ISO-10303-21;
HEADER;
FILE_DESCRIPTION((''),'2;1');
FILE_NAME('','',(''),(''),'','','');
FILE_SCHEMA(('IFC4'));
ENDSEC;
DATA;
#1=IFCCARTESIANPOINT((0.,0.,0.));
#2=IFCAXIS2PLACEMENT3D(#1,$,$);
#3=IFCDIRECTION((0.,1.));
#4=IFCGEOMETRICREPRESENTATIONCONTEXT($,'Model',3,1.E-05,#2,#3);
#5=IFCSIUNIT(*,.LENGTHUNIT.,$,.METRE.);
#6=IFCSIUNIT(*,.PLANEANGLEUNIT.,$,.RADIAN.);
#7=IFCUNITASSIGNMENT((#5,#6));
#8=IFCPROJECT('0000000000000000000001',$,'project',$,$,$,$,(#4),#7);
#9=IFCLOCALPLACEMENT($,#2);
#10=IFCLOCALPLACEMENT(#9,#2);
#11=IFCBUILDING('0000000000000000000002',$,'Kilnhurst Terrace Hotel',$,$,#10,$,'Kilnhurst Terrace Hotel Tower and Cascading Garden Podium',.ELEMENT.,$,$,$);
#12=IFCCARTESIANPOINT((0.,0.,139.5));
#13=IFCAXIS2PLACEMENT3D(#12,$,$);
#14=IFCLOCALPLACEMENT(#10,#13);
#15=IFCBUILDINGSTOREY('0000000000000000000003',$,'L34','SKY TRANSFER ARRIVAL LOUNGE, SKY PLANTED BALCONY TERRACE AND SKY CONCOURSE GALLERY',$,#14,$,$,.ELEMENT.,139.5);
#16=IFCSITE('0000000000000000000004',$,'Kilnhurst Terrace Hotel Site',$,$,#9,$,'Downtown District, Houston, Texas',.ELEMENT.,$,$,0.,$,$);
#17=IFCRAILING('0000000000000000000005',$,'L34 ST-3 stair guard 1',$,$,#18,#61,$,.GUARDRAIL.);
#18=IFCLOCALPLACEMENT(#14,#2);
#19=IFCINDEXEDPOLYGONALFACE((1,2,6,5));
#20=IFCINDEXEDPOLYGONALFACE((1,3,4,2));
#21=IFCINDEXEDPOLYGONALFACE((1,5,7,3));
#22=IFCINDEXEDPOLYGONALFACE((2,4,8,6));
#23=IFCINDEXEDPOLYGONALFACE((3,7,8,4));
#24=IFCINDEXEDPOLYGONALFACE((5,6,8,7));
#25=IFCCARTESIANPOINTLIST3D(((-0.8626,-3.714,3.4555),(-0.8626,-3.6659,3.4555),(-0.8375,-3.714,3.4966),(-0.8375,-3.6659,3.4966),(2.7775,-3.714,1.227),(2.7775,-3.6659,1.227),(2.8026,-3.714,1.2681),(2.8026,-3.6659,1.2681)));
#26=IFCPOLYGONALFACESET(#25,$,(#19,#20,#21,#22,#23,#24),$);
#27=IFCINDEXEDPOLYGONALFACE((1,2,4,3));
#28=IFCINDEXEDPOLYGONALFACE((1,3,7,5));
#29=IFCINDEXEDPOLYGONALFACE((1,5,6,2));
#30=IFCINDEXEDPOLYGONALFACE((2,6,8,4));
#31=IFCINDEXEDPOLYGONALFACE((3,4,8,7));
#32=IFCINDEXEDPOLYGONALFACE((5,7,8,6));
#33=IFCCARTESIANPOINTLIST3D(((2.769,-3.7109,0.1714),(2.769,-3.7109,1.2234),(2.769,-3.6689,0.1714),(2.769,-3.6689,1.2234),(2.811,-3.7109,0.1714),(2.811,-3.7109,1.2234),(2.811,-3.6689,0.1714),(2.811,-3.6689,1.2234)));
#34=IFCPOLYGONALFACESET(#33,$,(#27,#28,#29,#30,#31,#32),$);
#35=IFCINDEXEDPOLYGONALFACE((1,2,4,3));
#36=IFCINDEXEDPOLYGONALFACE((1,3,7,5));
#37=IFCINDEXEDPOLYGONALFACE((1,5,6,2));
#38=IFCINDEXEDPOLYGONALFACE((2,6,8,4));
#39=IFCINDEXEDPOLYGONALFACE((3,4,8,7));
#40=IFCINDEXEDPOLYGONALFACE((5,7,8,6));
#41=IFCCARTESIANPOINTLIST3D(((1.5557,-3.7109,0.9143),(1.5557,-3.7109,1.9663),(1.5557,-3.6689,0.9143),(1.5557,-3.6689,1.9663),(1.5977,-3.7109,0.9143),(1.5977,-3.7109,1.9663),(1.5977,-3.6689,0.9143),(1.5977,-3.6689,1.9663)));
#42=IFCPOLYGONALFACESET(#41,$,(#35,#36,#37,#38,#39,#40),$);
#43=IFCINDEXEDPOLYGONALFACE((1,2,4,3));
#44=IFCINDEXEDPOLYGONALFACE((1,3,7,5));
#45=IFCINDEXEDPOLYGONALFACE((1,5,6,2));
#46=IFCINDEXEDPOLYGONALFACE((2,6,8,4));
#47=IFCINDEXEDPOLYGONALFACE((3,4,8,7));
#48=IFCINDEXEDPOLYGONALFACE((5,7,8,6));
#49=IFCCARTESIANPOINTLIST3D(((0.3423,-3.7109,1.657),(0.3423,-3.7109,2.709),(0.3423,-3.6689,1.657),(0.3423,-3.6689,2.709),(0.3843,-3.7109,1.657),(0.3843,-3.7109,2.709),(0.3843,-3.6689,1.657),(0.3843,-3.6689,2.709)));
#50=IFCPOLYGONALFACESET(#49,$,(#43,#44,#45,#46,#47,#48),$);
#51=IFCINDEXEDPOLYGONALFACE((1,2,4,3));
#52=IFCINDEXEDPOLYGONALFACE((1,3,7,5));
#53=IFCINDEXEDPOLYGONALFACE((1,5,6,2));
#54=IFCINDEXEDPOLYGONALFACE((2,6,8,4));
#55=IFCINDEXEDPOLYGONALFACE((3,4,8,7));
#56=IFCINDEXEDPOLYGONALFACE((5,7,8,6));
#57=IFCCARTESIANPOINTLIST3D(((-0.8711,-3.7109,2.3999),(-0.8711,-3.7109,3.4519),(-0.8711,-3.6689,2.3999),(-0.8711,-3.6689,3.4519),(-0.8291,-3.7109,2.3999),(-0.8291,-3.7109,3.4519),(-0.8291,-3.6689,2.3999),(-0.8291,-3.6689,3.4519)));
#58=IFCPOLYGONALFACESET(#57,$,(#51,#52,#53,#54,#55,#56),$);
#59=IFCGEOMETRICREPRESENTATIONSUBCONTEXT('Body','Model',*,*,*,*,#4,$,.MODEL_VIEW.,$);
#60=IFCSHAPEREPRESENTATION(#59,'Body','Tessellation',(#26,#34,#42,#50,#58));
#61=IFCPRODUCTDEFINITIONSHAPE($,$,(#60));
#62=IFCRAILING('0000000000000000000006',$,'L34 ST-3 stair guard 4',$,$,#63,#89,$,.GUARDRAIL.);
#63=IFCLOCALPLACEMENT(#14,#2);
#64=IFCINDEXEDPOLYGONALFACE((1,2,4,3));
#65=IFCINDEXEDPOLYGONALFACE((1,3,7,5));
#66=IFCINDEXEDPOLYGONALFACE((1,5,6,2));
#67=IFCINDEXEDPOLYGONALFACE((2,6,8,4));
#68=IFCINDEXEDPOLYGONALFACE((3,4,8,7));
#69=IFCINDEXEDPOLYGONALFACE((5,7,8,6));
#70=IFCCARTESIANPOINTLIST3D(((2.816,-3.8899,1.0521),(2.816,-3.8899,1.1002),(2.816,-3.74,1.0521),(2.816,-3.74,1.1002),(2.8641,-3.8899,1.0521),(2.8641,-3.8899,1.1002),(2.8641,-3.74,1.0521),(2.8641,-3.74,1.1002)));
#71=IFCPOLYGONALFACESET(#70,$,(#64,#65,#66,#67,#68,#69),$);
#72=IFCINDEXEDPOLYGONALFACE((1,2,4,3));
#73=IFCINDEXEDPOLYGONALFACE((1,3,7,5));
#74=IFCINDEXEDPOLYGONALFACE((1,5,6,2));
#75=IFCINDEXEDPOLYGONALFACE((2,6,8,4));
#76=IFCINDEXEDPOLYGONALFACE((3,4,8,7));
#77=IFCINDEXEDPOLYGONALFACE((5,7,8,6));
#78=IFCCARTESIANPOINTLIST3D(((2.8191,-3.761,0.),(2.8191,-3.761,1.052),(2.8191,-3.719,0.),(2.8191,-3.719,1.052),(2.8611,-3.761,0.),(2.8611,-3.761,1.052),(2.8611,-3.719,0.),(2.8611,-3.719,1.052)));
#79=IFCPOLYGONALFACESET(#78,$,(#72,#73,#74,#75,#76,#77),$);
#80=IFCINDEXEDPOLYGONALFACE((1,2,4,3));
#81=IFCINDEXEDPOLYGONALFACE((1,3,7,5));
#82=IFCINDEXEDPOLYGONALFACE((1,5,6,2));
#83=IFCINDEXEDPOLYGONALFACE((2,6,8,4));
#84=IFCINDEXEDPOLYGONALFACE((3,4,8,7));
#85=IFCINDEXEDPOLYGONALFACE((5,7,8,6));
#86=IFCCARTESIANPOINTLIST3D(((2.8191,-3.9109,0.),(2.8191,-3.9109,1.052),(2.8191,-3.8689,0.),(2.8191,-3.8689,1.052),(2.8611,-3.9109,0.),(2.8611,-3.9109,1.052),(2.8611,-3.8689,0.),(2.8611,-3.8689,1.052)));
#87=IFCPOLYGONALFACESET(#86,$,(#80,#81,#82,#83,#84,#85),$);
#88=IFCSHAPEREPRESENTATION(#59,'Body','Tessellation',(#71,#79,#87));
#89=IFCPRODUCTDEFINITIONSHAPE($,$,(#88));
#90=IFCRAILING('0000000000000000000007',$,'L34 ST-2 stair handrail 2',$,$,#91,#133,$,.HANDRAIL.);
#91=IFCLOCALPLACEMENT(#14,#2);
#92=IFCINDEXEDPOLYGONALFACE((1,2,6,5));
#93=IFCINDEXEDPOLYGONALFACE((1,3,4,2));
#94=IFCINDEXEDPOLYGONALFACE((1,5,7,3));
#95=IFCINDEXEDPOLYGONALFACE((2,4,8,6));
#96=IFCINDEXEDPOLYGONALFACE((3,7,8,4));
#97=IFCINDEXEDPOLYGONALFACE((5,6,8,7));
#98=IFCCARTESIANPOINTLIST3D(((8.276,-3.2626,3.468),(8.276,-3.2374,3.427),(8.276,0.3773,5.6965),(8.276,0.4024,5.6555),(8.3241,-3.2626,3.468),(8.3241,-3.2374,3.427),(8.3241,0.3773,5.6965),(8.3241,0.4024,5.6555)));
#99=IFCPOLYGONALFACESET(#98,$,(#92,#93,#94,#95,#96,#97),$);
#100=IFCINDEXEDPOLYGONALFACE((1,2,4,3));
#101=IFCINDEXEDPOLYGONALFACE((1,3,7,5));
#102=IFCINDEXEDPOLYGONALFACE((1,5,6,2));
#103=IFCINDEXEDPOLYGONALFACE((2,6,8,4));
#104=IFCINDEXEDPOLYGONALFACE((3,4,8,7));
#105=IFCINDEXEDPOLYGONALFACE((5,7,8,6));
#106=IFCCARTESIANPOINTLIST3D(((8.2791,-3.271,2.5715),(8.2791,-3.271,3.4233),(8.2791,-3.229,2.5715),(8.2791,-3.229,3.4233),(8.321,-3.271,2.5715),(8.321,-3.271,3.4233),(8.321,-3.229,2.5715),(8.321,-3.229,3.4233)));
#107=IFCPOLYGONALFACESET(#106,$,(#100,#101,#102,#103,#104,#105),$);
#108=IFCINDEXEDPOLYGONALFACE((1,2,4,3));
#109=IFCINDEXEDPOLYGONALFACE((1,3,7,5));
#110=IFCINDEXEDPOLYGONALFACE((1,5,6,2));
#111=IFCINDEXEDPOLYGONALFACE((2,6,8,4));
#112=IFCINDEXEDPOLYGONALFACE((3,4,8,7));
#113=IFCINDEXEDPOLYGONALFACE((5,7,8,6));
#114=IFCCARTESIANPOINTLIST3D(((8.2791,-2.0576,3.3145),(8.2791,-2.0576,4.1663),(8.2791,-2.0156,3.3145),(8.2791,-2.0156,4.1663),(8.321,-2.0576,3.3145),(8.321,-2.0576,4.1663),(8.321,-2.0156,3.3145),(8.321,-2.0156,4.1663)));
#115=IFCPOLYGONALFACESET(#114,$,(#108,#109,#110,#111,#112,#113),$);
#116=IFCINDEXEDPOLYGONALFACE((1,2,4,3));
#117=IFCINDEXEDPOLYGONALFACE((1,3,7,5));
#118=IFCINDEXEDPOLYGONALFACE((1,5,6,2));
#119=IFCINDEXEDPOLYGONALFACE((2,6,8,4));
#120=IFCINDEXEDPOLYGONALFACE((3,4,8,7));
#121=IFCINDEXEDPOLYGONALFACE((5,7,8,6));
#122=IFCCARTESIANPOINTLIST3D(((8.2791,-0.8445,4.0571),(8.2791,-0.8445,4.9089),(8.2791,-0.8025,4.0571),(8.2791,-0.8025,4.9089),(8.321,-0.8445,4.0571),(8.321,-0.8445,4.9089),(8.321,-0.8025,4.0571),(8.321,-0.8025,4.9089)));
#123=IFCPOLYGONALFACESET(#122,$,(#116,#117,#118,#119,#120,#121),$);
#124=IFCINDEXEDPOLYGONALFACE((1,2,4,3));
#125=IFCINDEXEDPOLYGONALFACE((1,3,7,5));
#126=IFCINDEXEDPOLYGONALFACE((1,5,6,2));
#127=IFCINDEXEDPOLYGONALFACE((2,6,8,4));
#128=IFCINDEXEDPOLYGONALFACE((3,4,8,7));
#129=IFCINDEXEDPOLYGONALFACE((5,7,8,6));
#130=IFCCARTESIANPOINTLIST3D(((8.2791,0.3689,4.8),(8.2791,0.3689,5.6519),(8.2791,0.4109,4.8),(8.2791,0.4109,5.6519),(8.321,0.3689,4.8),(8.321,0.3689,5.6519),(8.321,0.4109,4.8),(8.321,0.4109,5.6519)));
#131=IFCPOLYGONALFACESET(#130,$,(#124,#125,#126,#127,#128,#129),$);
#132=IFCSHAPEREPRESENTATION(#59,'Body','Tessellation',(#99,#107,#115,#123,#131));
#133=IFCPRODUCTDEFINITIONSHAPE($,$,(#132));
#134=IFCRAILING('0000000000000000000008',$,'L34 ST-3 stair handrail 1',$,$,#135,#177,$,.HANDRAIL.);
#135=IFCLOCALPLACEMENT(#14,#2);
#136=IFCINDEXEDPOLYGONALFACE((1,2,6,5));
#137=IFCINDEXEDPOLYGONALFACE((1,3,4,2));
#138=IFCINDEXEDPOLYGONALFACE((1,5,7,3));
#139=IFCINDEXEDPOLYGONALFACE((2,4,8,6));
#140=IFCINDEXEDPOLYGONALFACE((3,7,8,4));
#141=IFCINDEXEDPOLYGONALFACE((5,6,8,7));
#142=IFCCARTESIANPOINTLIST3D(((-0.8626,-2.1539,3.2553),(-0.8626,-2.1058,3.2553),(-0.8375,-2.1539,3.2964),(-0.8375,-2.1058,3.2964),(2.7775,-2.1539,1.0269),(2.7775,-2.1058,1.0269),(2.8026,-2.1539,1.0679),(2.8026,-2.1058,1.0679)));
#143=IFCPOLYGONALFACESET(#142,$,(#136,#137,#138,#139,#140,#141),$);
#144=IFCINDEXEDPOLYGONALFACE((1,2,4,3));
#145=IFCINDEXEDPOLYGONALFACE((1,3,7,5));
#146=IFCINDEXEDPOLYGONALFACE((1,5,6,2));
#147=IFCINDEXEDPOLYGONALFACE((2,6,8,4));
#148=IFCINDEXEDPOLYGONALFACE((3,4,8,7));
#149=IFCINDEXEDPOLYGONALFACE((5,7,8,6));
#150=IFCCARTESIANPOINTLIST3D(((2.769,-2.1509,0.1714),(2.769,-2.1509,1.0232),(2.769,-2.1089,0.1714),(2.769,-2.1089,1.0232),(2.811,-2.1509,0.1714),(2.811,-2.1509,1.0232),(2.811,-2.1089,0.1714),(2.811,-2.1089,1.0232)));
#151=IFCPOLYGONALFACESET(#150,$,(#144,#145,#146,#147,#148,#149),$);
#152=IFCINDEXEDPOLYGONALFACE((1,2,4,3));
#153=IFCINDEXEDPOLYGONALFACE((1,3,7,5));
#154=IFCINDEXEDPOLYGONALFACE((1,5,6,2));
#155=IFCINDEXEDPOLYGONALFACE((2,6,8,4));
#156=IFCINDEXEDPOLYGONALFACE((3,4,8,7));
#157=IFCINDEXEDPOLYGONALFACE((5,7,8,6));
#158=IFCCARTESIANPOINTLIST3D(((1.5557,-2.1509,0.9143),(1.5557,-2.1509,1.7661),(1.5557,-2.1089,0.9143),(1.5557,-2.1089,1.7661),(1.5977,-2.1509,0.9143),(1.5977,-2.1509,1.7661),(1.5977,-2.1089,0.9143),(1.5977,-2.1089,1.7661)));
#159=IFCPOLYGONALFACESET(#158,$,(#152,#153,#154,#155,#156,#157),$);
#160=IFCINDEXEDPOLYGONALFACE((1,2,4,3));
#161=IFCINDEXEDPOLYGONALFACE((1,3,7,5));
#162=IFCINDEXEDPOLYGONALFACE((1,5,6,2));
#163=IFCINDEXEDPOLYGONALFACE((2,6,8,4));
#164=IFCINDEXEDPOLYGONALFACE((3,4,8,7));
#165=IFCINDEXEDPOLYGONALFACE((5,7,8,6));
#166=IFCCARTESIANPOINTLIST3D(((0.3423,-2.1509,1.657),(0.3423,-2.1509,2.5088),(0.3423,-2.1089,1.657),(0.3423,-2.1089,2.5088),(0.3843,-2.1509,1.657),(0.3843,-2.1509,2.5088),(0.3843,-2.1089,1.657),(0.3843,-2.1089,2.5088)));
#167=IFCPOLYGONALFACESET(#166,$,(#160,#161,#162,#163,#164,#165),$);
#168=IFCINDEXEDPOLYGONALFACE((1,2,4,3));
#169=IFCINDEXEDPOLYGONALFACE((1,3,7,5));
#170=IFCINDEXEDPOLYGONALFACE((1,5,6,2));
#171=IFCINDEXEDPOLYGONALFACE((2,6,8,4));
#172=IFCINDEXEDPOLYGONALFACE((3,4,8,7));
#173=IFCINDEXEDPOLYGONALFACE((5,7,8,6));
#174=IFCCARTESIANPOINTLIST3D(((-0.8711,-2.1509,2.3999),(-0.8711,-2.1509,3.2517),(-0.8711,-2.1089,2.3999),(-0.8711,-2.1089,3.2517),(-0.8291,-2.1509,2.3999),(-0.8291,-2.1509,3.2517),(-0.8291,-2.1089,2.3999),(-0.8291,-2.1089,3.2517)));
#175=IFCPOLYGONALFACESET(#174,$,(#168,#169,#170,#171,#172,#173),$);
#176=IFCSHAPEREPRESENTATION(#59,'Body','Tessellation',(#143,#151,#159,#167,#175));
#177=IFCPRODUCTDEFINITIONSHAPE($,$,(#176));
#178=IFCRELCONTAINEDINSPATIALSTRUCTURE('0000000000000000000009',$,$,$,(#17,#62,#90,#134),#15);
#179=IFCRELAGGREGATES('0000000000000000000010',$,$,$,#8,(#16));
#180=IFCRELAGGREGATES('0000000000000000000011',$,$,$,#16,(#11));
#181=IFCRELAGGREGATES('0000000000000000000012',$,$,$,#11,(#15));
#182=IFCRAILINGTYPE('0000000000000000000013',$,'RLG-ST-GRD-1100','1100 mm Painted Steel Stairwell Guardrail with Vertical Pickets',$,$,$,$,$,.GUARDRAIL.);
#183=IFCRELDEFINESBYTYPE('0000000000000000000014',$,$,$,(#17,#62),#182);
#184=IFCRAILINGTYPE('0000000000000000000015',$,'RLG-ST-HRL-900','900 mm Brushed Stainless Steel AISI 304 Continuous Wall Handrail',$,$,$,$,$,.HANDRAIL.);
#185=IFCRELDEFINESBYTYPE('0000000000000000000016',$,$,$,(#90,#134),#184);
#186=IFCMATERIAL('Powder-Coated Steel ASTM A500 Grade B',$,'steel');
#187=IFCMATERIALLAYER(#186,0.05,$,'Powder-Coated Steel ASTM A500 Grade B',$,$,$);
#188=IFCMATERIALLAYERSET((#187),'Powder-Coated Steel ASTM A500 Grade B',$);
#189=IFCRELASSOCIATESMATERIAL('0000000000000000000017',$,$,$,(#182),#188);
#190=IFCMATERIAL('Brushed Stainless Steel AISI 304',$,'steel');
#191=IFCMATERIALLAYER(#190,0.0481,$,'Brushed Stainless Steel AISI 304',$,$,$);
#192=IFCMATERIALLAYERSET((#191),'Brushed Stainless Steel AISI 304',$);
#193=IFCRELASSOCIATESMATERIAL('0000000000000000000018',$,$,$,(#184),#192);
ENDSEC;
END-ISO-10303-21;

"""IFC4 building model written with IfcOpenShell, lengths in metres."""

from ifc_helpers import new_model, si_unit, direction, frame, origin, origin_2d, place, context, subcontext, project, spatial, rectangle, extrude, material, layer, layer_set, type_object, element, save


model = new_model("IFC4")

# Units and contexts
model_context = context("Model", 3, precision=1e-05, world=origin(), true_north=direction((0.0, 1.0)))
body_context = subcontext(model_context, "Body", "Model", "MODEL_VIEW")
ifc_project = project(units=[si_unit("LENGTHUNIT", "METRE"), si_unit("PLANEANGLEUNIT", "RADIAN")], contexts=[model_context])

# Site, building, storey
site_placement = place(None, origin())
site = spatial("IfcSite", under=ifc_project, at=site_placement, Name="Kilnhurst Terrace Hotel Site", LongName="Downtown District, Houston, Texas", CompositionType="ELEMENT", RefElevation=0.0)
building_placement = place(site_placement, origin())
building = spatial("IfcBuilding", under=site, at=building_placement, Name="Kilnhurst Terrace Hotel", LongName="Kilnhurst Terrace Hotel Tower and Cascading Garden Podium", CompositionType="ELEMENT")
storey_placement = place(building_placement, frame((0.0, 0.0, 139.5)))
storey = spatial("IfcBuildingStorey", under=building, at=storey_placement, Name="L34", Description="SKY TRANSFER ARRIVAL LOUNGE, SKY PLANTED BALCONY TERRACE AND SKY CONCOURSE GALLERY", CompositionType="ELEMENT", Elevation=139.5)

# Railings
ifc_material_1 = material(Name="Powder-Coated Steel ASTM A500 Grade B", Category="steel")
ifc_layer_1 = layer(ifc_material_1, 0.05, Name="Powder-Coated Steel ASTM A500 Grade B")
ifc_layer_set_1 = layer_set([ifc_layer_1], Name="Powder-Coated Steel ASTM A500 Grade B")
railing_type_1 = type_object("IfcRailingType", Name="RLG-ST-GRD-1100", Description="1100 mm Painted Steel Stairwell Guardrail with Vertical Pickets", PredefinedType="GUARDRAIL", material=ifc_layer_set_1)
railing_1_placement = place(storey_placement, frame((2.79, -3.6899, 0.1714)))
element("IfcRailing", 1, at=railing_1_placement, inside=storey, type_object=railing_type_1, Name="L34 ST-3 stair guard 1", PredefinedType="GUARDRAIL", context=body_context, shape_type="SweptSolid", body=[
    extrude(rectangle(XDim=0.0481, YDim=0.0481, at=origin_2d()), frame((0.0, 0.0, 1.0762), z_axis=(-0.852866, 0.0, 0.52213), x_axis=(0.0, -1.0, 0.0)), (0.0, 0.0, 1.0), 4.2681),
    extrude(rectangle(XDim=0.042, YDim=0.042, at=origin_2d()), origin(), (0.0, 0.0, 1.0), 1.052),
    extrude(rectangle(XDim=0.042, YDim=0.042, at=origin_2d()), frame((-1.2134, 0.0, 0.7429)), (0.0, 0.0, 1.0), 1.052),
    extrude(rectangle(XDim=0.042, YDim=0.042, at=origin_2d()), frame((-2.4268, 0.0, 1.4856)), (0.0, 0.0, 1.0), 1.052),
    extrude(rectangle(XDim=0.042, YDim=0.042, at=origin_2d()), frame((-3.6401, 0.0, 2.2285)), (0.0, 0.0, 1.0), 1.052),
])
railing_2_placement = place(storey_placement, frame((2.8401, -3.74, 0.0)))
element("IfcRailing", 2, at=railing_2_placement, inside=storey, type_object=railing_type_1, Name="L34 ST-3 stair guard 4", PredefinedType="GUARDRAIL", context=body_context, shape_type="SweptSolid", body=[
    extrude(rectangle(XDim=0.0481, YDim=0.0481, at=origin_2d()), frame((0.0, 0.0, 1.0762), z_axis=(0.0, -1.0, 0.0), x_axis=(1.0, 0.0, 0.0)), (0.0, 0.0, 1.0), 0.1499),
    extrude(rectangle(XDim=0.042, YDim=0.042, at=origin_2d()), origin(), (0.0, 0.0, 1.0), 1.052),
    extrude(rectangle(XDim=0.042, YDim=0.042, at=origin_2d()), frame((0.0, -0.1499, 0.0)), (0.0, 0.0, 1.0), 1.052),
])
ifc_material_2 = material(Name="Brushed Stainless Steel AISI 304", Category="steel")
ifc_layer_2 = layer(ifc_material_2, 0.0481, Name="Brushed Stainless Steel AISI 304")
ifc_layer_set_2 = layer_set([ifc_layer_2], Name="Brushed Stainless Steel AISI 304")
railing_type_2 = type_object("IfcRailingType", Name="RLG-ST-HRL-900", Description="900 mm Brushed Stainless Steel AISI 304 Continuous Wall Handrail", PredefinedType="HANDRAIL", material=ifc_layer_set_2)
railing_3_placement = place(storey_placement, frame((8.3, -3.25, 2.5715)))
element("IfcRailing", 3, at=railing_3_placement, inside=storey, type_object=railing_type_2, Name="L34 ST-2 stair handrail 2", PredefinedType="HANDRAIL", context=body_context, shape_type="SweptSolid", body=[
    extrude(rectangle(XDim=0.0481, YDim=0.0481, at=origin_2d()), frame((0.0, 0.0, 0.876), z_axis=(0.0, 0.85285, 0.522156), x_axis=(-1.0, 0.0, 0.0)), (0.0, 0.0, 1.0), 4.2678),
    extrude(rectangle(XDim=0.042, YDim=0.042, at=origin_2d()), origin(), (0.0, 0.0, 1.0), 0.8518),
    extrude(rectangle(XDim=0.042, YDim=0.042, at=origin_2d()), frame((0.0, 1.2134, 0.7429)), (0.0, 0.0, 1.0), 0.8518),
    extrude(rectangle(XDim=0.042, YDim=0.042, at=origin_2d()), frame((0.0, 2.4265, 1.4856)), (0.0, 0.0, 1.0), 0.8518),
    extrude(rectangle(XDim=0.042, YDim=0.042, at=origin_2d()), frame((0.0, 3.6399, 2.2285)), (0.0, 0.0, 1.0), 0.8518),
])
railing_4_placement = place(storey_placement, frame((2.79, -2.1299, 0.1714)))
element("IfcRailing", 4, at=railing_4_placement, inside=storey, type_object=railing_type_2, Name="L34 ST-3 stair handrail 1", PredefinedType="HANDRAIL", context=body_context, shape_type="SweptSolid", body=[
    extrude(rectangle(XDim=0.0481, YDim=0.0481, at=origin_2d()), frame((0.0, 0.0, 0.876), z_axis=(-0.852866, 0.0, 0.52213), x_axis=(0.0, -1.0, 0.0)), (0.0, 0.0, 1.0), 4.2681),
    extrude(rectangle(XDim=0.042, YDim=0.042, at=origin_2d()), origin(), (0.0, 0.0, 1.0), 0.8518),
    extrude(rectangle(XDim=0.042, YDim=0.042, at=origin_2d()), frame((-1.2134, 0.0, 0.7429)), (0.0, 0.0, 1.0), 0.8518),
    extrude(rectangle(XDim=0.042, YDim=0.042, at=origin_2d()), frame((-2.4268, 0.0, 1.4856)), (0.0, 0.0, 1.0), 0.8518),
    extrude(rectangle(XDim=0.042, YDim=0.042, at=origin_2d()), frame((-3.6401, 0.0, 2.2285)), (0.0, 0.0, 1.0), 0.8518),
])

save(model, "model.ifc")
